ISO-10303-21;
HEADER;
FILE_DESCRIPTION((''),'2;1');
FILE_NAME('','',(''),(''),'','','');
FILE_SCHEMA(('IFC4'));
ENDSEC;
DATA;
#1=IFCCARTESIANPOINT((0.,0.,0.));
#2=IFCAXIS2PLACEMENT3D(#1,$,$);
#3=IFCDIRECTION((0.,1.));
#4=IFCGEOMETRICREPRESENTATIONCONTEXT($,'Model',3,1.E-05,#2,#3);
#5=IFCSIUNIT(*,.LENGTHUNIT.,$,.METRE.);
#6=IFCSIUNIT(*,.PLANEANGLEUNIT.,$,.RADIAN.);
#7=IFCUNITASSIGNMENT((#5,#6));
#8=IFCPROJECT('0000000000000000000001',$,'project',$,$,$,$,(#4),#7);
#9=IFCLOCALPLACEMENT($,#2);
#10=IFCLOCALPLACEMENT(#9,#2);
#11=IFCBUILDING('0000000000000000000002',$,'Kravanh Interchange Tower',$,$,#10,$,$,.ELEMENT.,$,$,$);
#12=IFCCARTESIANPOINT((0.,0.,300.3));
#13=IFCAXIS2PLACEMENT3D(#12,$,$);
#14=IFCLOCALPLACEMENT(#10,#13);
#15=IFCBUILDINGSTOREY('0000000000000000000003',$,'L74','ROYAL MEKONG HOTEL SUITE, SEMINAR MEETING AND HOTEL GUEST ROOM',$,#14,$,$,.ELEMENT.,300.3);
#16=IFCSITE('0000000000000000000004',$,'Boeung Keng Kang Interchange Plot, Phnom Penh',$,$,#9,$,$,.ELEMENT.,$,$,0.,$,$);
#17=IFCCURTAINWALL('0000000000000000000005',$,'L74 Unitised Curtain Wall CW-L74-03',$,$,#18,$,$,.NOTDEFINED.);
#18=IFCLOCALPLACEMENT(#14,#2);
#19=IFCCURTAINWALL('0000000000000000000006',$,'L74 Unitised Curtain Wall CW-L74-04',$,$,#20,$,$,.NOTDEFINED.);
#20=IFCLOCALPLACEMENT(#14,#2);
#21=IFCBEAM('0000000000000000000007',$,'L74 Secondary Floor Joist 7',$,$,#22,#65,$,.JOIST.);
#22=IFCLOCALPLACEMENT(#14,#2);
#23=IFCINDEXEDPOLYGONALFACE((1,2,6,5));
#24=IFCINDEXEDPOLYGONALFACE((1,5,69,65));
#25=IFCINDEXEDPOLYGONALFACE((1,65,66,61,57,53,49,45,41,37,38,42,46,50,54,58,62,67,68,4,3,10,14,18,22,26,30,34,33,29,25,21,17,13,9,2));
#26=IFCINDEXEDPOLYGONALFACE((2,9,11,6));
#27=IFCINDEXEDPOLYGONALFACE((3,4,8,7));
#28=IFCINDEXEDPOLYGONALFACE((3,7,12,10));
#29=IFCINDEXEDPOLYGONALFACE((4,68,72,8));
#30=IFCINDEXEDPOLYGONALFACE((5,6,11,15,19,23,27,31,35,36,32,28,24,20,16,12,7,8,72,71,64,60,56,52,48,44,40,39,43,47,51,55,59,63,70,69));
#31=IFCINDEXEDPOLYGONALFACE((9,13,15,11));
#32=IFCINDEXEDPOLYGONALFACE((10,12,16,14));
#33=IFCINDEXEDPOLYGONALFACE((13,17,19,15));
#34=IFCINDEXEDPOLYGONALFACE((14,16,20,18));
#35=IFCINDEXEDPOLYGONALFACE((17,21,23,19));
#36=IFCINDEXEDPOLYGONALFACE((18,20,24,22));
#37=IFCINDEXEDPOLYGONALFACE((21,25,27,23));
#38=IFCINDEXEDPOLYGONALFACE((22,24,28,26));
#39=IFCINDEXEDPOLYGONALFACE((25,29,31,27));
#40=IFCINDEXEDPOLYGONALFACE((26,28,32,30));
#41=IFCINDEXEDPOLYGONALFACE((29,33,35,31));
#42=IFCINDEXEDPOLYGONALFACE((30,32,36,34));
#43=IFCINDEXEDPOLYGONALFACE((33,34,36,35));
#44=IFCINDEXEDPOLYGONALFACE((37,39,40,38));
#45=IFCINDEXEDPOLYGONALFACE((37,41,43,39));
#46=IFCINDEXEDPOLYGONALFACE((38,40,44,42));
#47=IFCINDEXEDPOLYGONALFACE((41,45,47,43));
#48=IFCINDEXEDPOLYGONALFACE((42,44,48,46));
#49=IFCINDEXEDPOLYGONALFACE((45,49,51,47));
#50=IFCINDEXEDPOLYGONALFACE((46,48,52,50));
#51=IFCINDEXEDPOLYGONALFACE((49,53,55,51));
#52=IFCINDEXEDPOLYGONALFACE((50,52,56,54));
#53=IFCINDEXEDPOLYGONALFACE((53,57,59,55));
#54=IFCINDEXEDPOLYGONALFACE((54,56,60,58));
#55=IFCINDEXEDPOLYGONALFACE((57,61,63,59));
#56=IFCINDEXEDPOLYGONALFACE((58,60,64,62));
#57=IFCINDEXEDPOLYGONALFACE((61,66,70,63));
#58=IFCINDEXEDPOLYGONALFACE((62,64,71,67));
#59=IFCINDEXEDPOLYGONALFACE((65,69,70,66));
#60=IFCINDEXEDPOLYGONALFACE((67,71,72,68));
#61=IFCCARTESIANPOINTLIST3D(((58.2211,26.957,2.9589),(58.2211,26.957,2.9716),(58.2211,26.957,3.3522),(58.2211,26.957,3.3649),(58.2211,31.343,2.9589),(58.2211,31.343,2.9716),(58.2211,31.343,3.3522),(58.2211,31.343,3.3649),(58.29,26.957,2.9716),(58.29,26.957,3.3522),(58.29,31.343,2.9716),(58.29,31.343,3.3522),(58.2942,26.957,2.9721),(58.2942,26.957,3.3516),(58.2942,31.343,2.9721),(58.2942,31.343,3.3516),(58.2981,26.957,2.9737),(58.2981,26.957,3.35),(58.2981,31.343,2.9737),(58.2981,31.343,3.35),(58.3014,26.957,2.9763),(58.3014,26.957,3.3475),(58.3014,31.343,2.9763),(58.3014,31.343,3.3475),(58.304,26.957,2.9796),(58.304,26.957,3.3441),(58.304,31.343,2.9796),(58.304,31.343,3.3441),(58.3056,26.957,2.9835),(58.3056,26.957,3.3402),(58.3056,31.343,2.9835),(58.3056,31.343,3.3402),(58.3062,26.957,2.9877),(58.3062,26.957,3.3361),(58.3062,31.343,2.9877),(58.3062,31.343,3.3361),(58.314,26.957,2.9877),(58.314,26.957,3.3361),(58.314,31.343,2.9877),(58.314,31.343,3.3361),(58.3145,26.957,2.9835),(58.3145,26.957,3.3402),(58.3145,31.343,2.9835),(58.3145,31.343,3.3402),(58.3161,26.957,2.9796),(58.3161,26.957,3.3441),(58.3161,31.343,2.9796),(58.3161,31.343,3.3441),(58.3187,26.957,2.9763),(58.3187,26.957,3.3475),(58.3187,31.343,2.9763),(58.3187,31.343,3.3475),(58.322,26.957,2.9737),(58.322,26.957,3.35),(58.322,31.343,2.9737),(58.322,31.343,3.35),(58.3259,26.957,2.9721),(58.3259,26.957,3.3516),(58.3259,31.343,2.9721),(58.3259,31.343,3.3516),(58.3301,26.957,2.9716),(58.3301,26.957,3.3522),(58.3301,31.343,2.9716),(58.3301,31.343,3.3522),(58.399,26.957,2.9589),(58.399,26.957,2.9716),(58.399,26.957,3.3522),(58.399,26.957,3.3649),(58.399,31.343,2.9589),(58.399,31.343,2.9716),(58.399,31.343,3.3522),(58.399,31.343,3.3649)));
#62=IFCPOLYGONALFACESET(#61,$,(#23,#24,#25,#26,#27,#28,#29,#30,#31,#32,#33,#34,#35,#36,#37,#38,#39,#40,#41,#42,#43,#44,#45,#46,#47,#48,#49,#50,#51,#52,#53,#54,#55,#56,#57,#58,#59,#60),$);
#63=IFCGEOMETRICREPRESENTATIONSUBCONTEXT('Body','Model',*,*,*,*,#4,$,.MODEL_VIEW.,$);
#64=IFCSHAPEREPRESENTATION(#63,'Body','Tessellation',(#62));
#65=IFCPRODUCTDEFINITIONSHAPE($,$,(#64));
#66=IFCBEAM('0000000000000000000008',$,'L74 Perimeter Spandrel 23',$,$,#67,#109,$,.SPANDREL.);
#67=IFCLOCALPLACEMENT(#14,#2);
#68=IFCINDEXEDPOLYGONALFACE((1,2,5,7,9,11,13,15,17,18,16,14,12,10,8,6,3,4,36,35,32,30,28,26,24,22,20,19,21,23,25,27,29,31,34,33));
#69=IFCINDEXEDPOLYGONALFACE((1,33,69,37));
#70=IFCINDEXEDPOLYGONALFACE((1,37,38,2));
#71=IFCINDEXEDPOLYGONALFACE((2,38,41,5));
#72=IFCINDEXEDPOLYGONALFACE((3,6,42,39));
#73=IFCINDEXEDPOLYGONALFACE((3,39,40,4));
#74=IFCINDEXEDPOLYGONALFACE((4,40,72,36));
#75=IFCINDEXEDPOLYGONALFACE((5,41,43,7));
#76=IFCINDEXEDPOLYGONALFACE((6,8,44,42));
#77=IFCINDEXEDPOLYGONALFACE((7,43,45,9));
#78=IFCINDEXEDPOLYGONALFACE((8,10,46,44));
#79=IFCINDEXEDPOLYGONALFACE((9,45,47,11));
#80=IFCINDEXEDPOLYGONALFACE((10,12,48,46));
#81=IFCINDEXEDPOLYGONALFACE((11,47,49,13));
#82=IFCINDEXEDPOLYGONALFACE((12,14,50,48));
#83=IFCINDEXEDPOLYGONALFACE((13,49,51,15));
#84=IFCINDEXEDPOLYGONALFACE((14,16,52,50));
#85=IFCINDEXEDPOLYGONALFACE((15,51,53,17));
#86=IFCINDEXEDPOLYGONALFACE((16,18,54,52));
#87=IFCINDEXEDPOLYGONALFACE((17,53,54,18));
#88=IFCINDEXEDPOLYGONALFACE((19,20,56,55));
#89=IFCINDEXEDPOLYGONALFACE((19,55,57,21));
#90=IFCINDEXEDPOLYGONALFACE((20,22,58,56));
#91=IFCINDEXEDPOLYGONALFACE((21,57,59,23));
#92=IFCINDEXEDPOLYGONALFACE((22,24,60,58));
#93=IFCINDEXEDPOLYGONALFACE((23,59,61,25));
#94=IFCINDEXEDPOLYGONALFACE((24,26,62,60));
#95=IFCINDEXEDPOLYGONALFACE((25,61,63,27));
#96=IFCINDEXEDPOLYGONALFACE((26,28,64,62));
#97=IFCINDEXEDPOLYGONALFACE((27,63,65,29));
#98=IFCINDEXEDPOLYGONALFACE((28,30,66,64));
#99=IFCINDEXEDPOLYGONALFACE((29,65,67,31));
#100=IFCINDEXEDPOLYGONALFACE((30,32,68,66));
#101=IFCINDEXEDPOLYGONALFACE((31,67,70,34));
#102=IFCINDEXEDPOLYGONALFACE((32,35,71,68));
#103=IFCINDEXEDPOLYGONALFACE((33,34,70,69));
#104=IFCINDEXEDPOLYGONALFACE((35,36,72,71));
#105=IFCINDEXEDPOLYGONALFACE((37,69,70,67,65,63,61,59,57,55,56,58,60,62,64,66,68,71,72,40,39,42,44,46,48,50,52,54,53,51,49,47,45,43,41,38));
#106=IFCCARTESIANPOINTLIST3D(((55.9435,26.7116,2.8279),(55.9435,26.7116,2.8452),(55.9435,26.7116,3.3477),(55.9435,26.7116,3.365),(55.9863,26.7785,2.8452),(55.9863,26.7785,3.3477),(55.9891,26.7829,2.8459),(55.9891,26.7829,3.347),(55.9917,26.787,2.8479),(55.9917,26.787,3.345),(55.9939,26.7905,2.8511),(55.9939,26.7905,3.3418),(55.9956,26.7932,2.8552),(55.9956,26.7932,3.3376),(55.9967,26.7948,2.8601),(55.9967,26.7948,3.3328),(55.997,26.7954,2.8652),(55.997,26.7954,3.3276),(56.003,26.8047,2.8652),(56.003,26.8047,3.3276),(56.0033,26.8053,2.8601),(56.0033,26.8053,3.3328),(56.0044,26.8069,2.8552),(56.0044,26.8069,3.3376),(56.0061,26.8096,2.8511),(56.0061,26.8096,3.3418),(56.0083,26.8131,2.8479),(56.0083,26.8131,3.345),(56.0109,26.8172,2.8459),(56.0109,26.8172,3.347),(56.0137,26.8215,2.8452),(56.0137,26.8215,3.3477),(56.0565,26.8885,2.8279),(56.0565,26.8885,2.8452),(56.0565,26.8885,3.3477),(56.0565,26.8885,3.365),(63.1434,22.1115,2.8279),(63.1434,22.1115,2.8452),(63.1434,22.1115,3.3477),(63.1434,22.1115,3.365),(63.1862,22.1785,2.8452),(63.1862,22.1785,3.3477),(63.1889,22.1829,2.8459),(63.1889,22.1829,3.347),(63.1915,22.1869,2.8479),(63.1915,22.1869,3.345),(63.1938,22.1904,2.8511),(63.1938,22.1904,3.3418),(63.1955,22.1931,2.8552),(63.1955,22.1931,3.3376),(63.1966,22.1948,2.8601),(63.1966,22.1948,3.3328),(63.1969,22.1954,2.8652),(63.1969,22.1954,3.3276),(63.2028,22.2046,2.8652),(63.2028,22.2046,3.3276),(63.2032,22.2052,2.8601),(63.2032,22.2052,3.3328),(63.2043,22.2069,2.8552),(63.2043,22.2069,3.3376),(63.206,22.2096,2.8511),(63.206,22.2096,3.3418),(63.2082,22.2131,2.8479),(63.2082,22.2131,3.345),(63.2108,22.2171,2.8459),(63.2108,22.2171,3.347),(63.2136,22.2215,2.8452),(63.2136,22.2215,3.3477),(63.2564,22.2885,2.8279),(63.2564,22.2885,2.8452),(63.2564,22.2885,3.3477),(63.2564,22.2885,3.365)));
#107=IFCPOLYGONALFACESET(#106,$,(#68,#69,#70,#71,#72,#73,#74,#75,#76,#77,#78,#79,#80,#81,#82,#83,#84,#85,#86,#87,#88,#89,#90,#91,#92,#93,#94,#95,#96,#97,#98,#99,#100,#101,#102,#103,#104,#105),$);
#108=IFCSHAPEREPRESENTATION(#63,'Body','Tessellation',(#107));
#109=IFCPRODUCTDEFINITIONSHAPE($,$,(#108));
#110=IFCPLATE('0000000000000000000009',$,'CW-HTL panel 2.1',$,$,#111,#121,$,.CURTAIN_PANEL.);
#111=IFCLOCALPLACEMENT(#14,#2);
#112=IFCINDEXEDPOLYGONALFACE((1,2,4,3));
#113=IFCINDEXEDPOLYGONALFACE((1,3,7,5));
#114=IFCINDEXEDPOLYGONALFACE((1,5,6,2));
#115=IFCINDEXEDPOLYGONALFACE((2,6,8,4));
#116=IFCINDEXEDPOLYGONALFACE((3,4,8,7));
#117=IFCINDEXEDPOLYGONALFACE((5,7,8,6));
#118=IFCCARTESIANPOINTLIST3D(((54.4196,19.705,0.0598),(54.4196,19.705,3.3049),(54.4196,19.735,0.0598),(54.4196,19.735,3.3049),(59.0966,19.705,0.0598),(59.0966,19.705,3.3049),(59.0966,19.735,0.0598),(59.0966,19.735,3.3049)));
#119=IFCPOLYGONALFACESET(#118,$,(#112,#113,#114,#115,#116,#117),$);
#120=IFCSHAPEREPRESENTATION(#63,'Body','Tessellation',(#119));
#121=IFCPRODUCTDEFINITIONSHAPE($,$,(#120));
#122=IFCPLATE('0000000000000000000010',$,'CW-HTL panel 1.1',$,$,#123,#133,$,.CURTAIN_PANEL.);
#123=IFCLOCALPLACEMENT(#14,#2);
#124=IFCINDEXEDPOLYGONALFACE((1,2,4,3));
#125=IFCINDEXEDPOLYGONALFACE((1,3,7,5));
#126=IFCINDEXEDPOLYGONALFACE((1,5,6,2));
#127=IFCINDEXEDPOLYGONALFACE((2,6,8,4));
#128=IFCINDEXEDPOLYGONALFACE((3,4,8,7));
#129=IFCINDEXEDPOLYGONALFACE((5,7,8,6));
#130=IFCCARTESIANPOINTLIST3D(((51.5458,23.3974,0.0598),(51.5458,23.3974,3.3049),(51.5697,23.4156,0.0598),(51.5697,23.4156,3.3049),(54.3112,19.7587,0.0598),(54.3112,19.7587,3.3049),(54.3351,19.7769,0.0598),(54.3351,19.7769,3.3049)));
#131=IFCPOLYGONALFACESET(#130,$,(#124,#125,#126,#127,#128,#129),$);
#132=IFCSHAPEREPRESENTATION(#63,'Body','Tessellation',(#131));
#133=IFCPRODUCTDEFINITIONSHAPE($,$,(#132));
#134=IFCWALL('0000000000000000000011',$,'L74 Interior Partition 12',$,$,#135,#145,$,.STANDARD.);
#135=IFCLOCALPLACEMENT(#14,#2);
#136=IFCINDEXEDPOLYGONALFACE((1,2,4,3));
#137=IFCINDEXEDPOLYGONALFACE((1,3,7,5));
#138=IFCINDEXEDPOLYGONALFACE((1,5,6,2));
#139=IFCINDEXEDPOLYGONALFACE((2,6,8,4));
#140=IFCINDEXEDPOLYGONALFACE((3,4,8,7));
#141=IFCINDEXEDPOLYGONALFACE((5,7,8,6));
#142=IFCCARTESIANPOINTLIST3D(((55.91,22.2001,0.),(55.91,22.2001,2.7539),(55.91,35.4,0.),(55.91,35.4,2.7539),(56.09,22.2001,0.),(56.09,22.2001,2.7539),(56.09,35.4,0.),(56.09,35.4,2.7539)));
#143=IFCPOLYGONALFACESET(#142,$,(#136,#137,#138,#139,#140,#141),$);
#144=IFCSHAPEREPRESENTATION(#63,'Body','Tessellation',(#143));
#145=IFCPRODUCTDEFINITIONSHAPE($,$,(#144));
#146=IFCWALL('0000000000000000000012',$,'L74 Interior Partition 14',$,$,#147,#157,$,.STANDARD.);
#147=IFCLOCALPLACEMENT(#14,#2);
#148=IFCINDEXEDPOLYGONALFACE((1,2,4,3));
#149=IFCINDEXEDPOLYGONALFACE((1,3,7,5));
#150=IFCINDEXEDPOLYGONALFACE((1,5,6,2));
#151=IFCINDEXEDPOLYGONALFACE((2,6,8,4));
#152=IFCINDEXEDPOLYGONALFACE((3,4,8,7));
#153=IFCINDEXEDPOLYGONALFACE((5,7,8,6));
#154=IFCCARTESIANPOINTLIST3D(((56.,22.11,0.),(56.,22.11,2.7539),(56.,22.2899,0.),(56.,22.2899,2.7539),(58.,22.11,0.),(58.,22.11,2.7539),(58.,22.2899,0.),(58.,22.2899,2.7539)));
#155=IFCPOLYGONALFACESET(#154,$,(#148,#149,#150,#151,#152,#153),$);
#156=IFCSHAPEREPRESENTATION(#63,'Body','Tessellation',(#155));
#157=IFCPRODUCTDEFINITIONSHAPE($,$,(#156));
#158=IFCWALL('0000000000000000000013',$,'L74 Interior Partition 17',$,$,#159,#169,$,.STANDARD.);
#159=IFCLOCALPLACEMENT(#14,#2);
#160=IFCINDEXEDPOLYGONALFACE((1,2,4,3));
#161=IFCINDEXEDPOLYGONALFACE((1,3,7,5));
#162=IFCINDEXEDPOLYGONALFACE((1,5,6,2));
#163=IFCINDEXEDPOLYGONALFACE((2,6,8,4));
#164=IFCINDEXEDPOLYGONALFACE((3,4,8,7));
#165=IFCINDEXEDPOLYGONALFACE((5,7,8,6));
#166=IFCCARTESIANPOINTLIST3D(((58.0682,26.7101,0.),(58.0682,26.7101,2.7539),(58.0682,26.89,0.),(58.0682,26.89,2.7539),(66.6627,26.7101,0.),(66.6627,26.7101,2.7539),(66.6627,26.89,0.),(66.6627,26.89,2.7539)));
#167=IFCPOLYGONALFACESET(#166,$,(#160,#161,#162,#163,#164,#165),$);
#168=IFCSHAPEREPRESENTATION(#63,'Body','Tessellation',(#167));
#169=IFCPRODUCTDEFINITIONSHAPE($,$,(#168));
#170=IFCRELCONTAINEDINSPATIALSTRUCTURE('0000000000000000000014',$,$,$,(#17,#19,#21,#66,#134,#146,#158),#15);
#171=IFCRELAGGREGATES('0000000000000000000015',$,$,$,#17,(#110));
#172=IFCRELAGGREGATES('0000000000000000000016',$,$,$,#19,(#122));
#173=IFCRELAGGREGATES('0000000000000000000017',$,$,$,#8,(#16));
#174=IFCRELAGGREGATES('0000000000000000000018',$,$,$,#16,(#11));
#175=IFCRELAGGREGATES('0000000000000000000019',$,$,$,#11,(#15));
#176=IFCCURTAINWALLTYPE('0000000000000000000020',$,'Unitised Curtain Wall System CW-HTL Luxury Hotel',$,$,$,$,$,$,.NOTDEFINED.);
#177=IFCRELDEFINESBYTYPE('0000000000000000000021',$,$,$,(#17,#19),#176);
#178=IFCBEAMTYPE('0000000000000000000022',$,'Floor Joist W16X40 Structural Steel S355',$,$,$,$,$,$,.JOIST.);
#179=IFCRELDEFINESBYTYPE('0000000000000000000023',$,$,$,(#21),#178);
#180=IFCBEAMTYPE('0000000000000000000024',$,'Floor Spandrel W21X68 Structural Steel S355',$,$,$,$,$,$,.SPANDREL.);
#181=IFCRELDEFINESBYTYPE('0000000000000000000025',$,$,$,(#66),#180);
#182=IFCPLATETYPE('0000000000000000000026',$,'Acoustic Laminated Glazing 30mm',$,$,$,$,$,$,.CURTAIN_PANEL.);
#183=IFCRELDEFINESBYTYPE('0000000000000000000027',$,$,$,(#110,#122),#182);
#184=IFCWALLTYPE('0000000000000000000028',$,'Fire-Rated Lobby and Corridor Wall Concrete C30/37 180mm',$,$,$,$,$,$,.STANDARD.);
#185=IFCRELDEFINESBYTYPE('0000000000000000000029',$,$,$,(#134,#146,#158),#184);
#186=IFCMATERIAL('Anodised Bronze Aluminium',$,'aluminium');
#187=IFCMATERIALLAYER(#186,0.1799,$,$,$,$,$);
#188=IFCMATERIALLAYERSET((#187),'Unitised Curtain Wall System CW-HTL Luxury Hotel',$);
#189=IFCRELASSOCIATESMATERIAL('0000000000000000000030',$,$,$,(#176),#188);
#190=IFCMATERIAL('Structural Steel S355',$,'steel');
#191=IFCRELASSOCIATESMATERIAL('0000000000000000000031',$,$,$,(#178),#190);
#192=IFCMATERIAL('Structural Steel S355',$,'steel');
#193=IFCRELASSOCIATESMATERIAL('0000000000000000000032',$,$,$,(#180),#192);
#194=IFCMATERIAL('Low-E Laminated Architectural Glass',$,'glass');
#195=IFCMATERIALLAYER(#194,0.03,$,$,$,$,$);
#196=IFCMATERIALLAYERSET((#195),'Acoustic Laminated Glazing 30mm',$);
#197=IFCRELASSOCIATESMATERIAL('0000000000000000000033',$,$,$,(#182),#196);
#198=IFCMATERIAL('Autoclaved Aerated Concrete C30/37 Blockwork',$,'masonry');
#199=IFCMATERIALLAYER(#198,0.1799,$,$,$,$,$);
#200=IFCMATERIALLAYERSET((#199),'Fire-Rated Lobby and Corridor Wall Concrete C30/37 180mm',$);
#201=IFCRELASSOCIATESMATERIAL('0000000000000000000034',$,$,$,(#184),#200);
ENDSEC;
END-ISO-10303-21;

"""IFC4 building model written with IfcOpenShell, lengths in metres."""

from ifc_helpers import new_model, si_unit, direction, frame, frame_2d, origin, origin_2d, place, context, subcontext, project, spatial, rectangle, i_section, extrude, material, layer, layer_set, material_profile, profile_set, type_object, element, aggregate, save


model = new_model("IFC4")

# Units and contexts
model_context = context("Model", 3, precision=1e-05, world=origin(), true_north=direction((0.0, 1.0)))
body_context = subcontext(model_context, "Body", "Model", "MODEL_VIEW")
ifc_project = project(units=[si_unit("LENGTHUNIT", "METRE"), si_unit("PLANEANGLEUNIT", "RADIAN")], contexts=[model_context])

# Site, building, storey
site_placement = place(None, origin())
site = spatial("IfcSite", under=ifc_project, at=site_placement, Name="Boeung Keng Kang Interchange Plot, Phnom Penh", CompositionType="ELEMENT", RefElevation=0.0)
building_placement = place(site_placement, origin())
building = spatial("IfcBuilding", under=site, at=building_placement, Name="Kravanh Interchange Tower", CompositionType="ELEMENT")
storey_placement = place(building_placement, frame((0.0, 0.0, 300.3)))
storey = spatial("IfcBuildingStorey", under=building, at=storey_placement, Name="L74", Description="ROYAL MEKONG HOTEL SUITE, SEMINAR MEETING AND HOTEL GUEST ROOM", CompositionType="ELEMENT", Elevation=300.3)

# Curtain wall
ifc_material_1 = material(Name="Anodised Bronze Aluminium", Category="aluminium")
ifc_layer_1 = layer(ifc_material_1, 0.1799)
ifc_layer_set_1 = layer_set([ifc_layer_1], Name="Unitised Curtain Wall System CW-HTL Luxury Hotel")
curtain_wall_type = type_object("IfcCurtainWallType", Name="Unitised Curtain Wall System CW-HTL Luxury Hotel", PredefinedType="NOTDEFINED", material=ifc_layer_set_1)
curtain_wall_1_placement = place(storey_placement, origin())
curtain_wall_1 = element("IfcCurtainWall", 1, at=curtain_wall_1_placement, inside=storey, type_object=curtain_wall_type, Name="L74 Unitised Curtain Wall CW-L74-03", PredefinedType="NOTDEFINED")

# Curtain wall
curtain_wall_2_placement = place(storey_placement, origin())
curtain_wall_2 = element("IfcCurtainWall", 2, at=curtain_wall_2_placement, inside=storey, type_object=curtain_wall_type, Name="L74 Unitised Curtain Wall CW-L74-04", PredefinedType="NOTDEFINED")

# Beams
ifc_material_2 = material(Name="Structural Steel S355", Category="steel")
ifc_material_profile_1 = material_profile(ifc_material_2, i_section(OverallWidth=0.178, OverallDepth=0.406, WebThickness=0.0078, FlangeThickness=0.0127, FilletRadius=0.0161, at=origin_2d()), Name="W16X40")
ifc_profile_set_1 = profile_set([ifc_material_profile_1], Name="Structural Steel S355")
beam_type_1 = type_object("IfcBeamType", Name="Floor Joist W16X40 Structural Steel S355", PredefinedType="JOIST", material=ifc_profile_set_1)
for number, where, z_axis, x_axis, name in (
    (3, (58.3101, 26.957, 3.1619), (0.0, 1.0, 0.0), (-1.0, 0.0, 0.0), "L74 Secondary Floor Joist 7"),
):
    element("IfcBeam", number, at=place(storey_placement, frame(where, z_axis=z_axis, x_axis=x_axis)), inside=storey, type_object=beam_type_1, Name=name, PredefinedType="JOIST", context=body_context, shape_type="SweptSolid", body=[
        extrude(i_section(OverallWidth=0.178, OverallDepth=0.406, WebThickness=0.0078, FlangeThickness=0.0127, FilletRadius=0.0161, at=origin_2d()), origin(), (0.0, 0.0, 1.0), 4.386),
    ])
ifc_material_3 = material(Name="Structural Steel S355", Category="steel")
ifc_material_profile_2 = material_profile(ifc_material_3, i_section(OverallWidth=0.21, OverallDepth=0.5371, WebThickness=0.011, FlangeThickness=0.0173, FilletRadius=0.02, at=origin_2d()), Name="W21X68")
ifc_profile_set_2 = profile_set([ifc_material_profile_2], Name="Structural Steel S355")
beam_type_2 = type_object("IfcBeamType", Name="Floor Spandrel W21X68 Structural Steel S355", PredefinedType="SPANDREL", material=ifc_profile_set_2)
beam_1_placement = place(storey_placement, frame((56.0, 26.8, 3.0964), z_axis=(0.842689, -0.5384, 0.0), x_axis=(0.5384, 0.842689, 0.0)))
element("IfcBeam", 4, at=beam_1_placement, inside=storey, type_object=beam_type_2, Name="L74 Perimeter Spandrel 23", PredefinedType="SPANDREL", context=body_context, shape_type="SweptSolid", body=[
    extrude(i_section(OverallWidth=0.21, OverallDepth=0.5371, WebThickness=0.011, FlangeThickness=0.0173, FilletRadius=0.02, at=origin_2d()), origin(), (0.0, 0.0, 1.0), 8.5439),
])

# Plates
ifc_material_4 = material(Name="Low-E Laminated Architectural Glass", Category="glass")
ifc_layer_2 = layer(ifc_material_4, 0.03)
ifc_layer_set_2 = layer_set([ifc_layer_2], Name="Acoustic Laminated Glazing 30mm")
plate_type = type_object("IfcPlateType", Name="Acoustic Laminated Glazing 30mm", PredefinedType="CURTAIN_PANEL", material=ifc_layer_set_2)
plate_1_placement = place(storey_placement, frame((56.7581, 19.72, 0.0598), z_axis=(0.0, 0.0, 1.0), x_axis=(-1.0, 0.0, 0.0)))
plate_1 = element("IfcPlate", 5, at=plate_1_placement, type_object=plate_type, Name="CW-HTL panel 2.1", PredefinedType="CURTAIN_PANEL", context=body_context, shape_type="SweptSolid", body=[
    extrude(rectangle(XDim=4.677, YDim=0.03, at=origin_2d()), origin(), (0.0, 0.0, 1.0), 3.2451),
])
aggregate(curtain_wall_1, [plate_1])
plate_2_placement = place(storey_placement, frame((52.9404, 21.5872, 0.0598), z_axis=(0.0, 0.0, 1.0), x_axis=(-0.605084, 0.796162, 0.0)))
plate_2 = element("IfcPlate", 6, at=plate_2_placement, type_object=plate_type, Name="CW-HTL panel 1.1", PredefinedType="CURTAIN_PANEL", context=body_context, shape_type="SweptSolid", body=[
    extrude(rectangle(XDim=4.5703, YDim=0.03, at=origin_2d()), origin(), (0.0, 0.0, 1.0), 3.2451),
])
aggregate(curtain_wall_2, [plate_2])

# Wall
ifc_material_5 = material(Name="Autoclaved Aerated Concrete C30/37 Blockwork", Category="masonry")
ifc_layer_3 = layer(ifc_material_5, 0.1799)
ifc_layer_set_3 = layer_set([ifc_layer_3], Name="Fire-Rated Lobby and Corridor Wall Concrete C30/37 180mm")
wall_type = type_object("IfcWallType", Name="Fire-Rated Lobby and Corridor Wall Concrete C30/37 180mm", PredefinedType="STANDARD", material=ifc_layer_set_3)
wall_1_placement = place(storey_placement, frame((56.0, 22.2, 0.0), z_axis=(0.0, 0.0, 1.0), x_axis=(0.0, 1.0, 0.0)))
element("IfcWall", 7, at=wall_1_placement, inside=storey, type_object=wall_type, Name="L74 Interior Partition 12", PredefinedType="STANDARD", context=body_context, shape_type="SweptSolid", body=[
    extrude(rectangle(XDim=13.2, YDim=0.1799, at=frame_2d((6.6001, 0.0))), origin(), (0.0, 0.0, 1.0), 2.7539),
])

# Walls
wall_2_placement = place(storey_placement, frame((56.0, 22.2, 0.0), z_axis=(0.0, 0.0, 1.0), x_axis=(1.0, 0.0, 0.0)))
element("IfcWall", 8, at=wall_2_placement, inside=storey, type_object=wall_type, Name="L74 Interior Partition 14", PredefinedType="STANDARD", context=body_context, shape_type="SweptSolid", body=[
    extrude(rectangle(XDim=2.0, YDim=0.1799, at=frame_2d((1.0, 0.0))), origin(), (0.0, 0.0, 1.0), 2.7539),
])
wall_3_placement = place(storey_placement, frame((58.0681, 26.8, 0.0), z_axis=(0.0, 0.0, 1.0), x_axis=(1.0, 0.0, 0.0)))
element("IfcWall", 9, at=wall_3_placement, inside=storey, type_object=wall_type, Name="L74 Interior Partition 17", PredefinedType="STANDARD", context=body_context, shape_type="SweptSolid", body=[
    extrude(rectangle(XDim=8.5945, YDim=0.1799, at=frame_2d((4.2974, 0.0))), origin(), (0.0, 0.0, 1.0), 2.7539),
])

save(model, "model.ifc")
